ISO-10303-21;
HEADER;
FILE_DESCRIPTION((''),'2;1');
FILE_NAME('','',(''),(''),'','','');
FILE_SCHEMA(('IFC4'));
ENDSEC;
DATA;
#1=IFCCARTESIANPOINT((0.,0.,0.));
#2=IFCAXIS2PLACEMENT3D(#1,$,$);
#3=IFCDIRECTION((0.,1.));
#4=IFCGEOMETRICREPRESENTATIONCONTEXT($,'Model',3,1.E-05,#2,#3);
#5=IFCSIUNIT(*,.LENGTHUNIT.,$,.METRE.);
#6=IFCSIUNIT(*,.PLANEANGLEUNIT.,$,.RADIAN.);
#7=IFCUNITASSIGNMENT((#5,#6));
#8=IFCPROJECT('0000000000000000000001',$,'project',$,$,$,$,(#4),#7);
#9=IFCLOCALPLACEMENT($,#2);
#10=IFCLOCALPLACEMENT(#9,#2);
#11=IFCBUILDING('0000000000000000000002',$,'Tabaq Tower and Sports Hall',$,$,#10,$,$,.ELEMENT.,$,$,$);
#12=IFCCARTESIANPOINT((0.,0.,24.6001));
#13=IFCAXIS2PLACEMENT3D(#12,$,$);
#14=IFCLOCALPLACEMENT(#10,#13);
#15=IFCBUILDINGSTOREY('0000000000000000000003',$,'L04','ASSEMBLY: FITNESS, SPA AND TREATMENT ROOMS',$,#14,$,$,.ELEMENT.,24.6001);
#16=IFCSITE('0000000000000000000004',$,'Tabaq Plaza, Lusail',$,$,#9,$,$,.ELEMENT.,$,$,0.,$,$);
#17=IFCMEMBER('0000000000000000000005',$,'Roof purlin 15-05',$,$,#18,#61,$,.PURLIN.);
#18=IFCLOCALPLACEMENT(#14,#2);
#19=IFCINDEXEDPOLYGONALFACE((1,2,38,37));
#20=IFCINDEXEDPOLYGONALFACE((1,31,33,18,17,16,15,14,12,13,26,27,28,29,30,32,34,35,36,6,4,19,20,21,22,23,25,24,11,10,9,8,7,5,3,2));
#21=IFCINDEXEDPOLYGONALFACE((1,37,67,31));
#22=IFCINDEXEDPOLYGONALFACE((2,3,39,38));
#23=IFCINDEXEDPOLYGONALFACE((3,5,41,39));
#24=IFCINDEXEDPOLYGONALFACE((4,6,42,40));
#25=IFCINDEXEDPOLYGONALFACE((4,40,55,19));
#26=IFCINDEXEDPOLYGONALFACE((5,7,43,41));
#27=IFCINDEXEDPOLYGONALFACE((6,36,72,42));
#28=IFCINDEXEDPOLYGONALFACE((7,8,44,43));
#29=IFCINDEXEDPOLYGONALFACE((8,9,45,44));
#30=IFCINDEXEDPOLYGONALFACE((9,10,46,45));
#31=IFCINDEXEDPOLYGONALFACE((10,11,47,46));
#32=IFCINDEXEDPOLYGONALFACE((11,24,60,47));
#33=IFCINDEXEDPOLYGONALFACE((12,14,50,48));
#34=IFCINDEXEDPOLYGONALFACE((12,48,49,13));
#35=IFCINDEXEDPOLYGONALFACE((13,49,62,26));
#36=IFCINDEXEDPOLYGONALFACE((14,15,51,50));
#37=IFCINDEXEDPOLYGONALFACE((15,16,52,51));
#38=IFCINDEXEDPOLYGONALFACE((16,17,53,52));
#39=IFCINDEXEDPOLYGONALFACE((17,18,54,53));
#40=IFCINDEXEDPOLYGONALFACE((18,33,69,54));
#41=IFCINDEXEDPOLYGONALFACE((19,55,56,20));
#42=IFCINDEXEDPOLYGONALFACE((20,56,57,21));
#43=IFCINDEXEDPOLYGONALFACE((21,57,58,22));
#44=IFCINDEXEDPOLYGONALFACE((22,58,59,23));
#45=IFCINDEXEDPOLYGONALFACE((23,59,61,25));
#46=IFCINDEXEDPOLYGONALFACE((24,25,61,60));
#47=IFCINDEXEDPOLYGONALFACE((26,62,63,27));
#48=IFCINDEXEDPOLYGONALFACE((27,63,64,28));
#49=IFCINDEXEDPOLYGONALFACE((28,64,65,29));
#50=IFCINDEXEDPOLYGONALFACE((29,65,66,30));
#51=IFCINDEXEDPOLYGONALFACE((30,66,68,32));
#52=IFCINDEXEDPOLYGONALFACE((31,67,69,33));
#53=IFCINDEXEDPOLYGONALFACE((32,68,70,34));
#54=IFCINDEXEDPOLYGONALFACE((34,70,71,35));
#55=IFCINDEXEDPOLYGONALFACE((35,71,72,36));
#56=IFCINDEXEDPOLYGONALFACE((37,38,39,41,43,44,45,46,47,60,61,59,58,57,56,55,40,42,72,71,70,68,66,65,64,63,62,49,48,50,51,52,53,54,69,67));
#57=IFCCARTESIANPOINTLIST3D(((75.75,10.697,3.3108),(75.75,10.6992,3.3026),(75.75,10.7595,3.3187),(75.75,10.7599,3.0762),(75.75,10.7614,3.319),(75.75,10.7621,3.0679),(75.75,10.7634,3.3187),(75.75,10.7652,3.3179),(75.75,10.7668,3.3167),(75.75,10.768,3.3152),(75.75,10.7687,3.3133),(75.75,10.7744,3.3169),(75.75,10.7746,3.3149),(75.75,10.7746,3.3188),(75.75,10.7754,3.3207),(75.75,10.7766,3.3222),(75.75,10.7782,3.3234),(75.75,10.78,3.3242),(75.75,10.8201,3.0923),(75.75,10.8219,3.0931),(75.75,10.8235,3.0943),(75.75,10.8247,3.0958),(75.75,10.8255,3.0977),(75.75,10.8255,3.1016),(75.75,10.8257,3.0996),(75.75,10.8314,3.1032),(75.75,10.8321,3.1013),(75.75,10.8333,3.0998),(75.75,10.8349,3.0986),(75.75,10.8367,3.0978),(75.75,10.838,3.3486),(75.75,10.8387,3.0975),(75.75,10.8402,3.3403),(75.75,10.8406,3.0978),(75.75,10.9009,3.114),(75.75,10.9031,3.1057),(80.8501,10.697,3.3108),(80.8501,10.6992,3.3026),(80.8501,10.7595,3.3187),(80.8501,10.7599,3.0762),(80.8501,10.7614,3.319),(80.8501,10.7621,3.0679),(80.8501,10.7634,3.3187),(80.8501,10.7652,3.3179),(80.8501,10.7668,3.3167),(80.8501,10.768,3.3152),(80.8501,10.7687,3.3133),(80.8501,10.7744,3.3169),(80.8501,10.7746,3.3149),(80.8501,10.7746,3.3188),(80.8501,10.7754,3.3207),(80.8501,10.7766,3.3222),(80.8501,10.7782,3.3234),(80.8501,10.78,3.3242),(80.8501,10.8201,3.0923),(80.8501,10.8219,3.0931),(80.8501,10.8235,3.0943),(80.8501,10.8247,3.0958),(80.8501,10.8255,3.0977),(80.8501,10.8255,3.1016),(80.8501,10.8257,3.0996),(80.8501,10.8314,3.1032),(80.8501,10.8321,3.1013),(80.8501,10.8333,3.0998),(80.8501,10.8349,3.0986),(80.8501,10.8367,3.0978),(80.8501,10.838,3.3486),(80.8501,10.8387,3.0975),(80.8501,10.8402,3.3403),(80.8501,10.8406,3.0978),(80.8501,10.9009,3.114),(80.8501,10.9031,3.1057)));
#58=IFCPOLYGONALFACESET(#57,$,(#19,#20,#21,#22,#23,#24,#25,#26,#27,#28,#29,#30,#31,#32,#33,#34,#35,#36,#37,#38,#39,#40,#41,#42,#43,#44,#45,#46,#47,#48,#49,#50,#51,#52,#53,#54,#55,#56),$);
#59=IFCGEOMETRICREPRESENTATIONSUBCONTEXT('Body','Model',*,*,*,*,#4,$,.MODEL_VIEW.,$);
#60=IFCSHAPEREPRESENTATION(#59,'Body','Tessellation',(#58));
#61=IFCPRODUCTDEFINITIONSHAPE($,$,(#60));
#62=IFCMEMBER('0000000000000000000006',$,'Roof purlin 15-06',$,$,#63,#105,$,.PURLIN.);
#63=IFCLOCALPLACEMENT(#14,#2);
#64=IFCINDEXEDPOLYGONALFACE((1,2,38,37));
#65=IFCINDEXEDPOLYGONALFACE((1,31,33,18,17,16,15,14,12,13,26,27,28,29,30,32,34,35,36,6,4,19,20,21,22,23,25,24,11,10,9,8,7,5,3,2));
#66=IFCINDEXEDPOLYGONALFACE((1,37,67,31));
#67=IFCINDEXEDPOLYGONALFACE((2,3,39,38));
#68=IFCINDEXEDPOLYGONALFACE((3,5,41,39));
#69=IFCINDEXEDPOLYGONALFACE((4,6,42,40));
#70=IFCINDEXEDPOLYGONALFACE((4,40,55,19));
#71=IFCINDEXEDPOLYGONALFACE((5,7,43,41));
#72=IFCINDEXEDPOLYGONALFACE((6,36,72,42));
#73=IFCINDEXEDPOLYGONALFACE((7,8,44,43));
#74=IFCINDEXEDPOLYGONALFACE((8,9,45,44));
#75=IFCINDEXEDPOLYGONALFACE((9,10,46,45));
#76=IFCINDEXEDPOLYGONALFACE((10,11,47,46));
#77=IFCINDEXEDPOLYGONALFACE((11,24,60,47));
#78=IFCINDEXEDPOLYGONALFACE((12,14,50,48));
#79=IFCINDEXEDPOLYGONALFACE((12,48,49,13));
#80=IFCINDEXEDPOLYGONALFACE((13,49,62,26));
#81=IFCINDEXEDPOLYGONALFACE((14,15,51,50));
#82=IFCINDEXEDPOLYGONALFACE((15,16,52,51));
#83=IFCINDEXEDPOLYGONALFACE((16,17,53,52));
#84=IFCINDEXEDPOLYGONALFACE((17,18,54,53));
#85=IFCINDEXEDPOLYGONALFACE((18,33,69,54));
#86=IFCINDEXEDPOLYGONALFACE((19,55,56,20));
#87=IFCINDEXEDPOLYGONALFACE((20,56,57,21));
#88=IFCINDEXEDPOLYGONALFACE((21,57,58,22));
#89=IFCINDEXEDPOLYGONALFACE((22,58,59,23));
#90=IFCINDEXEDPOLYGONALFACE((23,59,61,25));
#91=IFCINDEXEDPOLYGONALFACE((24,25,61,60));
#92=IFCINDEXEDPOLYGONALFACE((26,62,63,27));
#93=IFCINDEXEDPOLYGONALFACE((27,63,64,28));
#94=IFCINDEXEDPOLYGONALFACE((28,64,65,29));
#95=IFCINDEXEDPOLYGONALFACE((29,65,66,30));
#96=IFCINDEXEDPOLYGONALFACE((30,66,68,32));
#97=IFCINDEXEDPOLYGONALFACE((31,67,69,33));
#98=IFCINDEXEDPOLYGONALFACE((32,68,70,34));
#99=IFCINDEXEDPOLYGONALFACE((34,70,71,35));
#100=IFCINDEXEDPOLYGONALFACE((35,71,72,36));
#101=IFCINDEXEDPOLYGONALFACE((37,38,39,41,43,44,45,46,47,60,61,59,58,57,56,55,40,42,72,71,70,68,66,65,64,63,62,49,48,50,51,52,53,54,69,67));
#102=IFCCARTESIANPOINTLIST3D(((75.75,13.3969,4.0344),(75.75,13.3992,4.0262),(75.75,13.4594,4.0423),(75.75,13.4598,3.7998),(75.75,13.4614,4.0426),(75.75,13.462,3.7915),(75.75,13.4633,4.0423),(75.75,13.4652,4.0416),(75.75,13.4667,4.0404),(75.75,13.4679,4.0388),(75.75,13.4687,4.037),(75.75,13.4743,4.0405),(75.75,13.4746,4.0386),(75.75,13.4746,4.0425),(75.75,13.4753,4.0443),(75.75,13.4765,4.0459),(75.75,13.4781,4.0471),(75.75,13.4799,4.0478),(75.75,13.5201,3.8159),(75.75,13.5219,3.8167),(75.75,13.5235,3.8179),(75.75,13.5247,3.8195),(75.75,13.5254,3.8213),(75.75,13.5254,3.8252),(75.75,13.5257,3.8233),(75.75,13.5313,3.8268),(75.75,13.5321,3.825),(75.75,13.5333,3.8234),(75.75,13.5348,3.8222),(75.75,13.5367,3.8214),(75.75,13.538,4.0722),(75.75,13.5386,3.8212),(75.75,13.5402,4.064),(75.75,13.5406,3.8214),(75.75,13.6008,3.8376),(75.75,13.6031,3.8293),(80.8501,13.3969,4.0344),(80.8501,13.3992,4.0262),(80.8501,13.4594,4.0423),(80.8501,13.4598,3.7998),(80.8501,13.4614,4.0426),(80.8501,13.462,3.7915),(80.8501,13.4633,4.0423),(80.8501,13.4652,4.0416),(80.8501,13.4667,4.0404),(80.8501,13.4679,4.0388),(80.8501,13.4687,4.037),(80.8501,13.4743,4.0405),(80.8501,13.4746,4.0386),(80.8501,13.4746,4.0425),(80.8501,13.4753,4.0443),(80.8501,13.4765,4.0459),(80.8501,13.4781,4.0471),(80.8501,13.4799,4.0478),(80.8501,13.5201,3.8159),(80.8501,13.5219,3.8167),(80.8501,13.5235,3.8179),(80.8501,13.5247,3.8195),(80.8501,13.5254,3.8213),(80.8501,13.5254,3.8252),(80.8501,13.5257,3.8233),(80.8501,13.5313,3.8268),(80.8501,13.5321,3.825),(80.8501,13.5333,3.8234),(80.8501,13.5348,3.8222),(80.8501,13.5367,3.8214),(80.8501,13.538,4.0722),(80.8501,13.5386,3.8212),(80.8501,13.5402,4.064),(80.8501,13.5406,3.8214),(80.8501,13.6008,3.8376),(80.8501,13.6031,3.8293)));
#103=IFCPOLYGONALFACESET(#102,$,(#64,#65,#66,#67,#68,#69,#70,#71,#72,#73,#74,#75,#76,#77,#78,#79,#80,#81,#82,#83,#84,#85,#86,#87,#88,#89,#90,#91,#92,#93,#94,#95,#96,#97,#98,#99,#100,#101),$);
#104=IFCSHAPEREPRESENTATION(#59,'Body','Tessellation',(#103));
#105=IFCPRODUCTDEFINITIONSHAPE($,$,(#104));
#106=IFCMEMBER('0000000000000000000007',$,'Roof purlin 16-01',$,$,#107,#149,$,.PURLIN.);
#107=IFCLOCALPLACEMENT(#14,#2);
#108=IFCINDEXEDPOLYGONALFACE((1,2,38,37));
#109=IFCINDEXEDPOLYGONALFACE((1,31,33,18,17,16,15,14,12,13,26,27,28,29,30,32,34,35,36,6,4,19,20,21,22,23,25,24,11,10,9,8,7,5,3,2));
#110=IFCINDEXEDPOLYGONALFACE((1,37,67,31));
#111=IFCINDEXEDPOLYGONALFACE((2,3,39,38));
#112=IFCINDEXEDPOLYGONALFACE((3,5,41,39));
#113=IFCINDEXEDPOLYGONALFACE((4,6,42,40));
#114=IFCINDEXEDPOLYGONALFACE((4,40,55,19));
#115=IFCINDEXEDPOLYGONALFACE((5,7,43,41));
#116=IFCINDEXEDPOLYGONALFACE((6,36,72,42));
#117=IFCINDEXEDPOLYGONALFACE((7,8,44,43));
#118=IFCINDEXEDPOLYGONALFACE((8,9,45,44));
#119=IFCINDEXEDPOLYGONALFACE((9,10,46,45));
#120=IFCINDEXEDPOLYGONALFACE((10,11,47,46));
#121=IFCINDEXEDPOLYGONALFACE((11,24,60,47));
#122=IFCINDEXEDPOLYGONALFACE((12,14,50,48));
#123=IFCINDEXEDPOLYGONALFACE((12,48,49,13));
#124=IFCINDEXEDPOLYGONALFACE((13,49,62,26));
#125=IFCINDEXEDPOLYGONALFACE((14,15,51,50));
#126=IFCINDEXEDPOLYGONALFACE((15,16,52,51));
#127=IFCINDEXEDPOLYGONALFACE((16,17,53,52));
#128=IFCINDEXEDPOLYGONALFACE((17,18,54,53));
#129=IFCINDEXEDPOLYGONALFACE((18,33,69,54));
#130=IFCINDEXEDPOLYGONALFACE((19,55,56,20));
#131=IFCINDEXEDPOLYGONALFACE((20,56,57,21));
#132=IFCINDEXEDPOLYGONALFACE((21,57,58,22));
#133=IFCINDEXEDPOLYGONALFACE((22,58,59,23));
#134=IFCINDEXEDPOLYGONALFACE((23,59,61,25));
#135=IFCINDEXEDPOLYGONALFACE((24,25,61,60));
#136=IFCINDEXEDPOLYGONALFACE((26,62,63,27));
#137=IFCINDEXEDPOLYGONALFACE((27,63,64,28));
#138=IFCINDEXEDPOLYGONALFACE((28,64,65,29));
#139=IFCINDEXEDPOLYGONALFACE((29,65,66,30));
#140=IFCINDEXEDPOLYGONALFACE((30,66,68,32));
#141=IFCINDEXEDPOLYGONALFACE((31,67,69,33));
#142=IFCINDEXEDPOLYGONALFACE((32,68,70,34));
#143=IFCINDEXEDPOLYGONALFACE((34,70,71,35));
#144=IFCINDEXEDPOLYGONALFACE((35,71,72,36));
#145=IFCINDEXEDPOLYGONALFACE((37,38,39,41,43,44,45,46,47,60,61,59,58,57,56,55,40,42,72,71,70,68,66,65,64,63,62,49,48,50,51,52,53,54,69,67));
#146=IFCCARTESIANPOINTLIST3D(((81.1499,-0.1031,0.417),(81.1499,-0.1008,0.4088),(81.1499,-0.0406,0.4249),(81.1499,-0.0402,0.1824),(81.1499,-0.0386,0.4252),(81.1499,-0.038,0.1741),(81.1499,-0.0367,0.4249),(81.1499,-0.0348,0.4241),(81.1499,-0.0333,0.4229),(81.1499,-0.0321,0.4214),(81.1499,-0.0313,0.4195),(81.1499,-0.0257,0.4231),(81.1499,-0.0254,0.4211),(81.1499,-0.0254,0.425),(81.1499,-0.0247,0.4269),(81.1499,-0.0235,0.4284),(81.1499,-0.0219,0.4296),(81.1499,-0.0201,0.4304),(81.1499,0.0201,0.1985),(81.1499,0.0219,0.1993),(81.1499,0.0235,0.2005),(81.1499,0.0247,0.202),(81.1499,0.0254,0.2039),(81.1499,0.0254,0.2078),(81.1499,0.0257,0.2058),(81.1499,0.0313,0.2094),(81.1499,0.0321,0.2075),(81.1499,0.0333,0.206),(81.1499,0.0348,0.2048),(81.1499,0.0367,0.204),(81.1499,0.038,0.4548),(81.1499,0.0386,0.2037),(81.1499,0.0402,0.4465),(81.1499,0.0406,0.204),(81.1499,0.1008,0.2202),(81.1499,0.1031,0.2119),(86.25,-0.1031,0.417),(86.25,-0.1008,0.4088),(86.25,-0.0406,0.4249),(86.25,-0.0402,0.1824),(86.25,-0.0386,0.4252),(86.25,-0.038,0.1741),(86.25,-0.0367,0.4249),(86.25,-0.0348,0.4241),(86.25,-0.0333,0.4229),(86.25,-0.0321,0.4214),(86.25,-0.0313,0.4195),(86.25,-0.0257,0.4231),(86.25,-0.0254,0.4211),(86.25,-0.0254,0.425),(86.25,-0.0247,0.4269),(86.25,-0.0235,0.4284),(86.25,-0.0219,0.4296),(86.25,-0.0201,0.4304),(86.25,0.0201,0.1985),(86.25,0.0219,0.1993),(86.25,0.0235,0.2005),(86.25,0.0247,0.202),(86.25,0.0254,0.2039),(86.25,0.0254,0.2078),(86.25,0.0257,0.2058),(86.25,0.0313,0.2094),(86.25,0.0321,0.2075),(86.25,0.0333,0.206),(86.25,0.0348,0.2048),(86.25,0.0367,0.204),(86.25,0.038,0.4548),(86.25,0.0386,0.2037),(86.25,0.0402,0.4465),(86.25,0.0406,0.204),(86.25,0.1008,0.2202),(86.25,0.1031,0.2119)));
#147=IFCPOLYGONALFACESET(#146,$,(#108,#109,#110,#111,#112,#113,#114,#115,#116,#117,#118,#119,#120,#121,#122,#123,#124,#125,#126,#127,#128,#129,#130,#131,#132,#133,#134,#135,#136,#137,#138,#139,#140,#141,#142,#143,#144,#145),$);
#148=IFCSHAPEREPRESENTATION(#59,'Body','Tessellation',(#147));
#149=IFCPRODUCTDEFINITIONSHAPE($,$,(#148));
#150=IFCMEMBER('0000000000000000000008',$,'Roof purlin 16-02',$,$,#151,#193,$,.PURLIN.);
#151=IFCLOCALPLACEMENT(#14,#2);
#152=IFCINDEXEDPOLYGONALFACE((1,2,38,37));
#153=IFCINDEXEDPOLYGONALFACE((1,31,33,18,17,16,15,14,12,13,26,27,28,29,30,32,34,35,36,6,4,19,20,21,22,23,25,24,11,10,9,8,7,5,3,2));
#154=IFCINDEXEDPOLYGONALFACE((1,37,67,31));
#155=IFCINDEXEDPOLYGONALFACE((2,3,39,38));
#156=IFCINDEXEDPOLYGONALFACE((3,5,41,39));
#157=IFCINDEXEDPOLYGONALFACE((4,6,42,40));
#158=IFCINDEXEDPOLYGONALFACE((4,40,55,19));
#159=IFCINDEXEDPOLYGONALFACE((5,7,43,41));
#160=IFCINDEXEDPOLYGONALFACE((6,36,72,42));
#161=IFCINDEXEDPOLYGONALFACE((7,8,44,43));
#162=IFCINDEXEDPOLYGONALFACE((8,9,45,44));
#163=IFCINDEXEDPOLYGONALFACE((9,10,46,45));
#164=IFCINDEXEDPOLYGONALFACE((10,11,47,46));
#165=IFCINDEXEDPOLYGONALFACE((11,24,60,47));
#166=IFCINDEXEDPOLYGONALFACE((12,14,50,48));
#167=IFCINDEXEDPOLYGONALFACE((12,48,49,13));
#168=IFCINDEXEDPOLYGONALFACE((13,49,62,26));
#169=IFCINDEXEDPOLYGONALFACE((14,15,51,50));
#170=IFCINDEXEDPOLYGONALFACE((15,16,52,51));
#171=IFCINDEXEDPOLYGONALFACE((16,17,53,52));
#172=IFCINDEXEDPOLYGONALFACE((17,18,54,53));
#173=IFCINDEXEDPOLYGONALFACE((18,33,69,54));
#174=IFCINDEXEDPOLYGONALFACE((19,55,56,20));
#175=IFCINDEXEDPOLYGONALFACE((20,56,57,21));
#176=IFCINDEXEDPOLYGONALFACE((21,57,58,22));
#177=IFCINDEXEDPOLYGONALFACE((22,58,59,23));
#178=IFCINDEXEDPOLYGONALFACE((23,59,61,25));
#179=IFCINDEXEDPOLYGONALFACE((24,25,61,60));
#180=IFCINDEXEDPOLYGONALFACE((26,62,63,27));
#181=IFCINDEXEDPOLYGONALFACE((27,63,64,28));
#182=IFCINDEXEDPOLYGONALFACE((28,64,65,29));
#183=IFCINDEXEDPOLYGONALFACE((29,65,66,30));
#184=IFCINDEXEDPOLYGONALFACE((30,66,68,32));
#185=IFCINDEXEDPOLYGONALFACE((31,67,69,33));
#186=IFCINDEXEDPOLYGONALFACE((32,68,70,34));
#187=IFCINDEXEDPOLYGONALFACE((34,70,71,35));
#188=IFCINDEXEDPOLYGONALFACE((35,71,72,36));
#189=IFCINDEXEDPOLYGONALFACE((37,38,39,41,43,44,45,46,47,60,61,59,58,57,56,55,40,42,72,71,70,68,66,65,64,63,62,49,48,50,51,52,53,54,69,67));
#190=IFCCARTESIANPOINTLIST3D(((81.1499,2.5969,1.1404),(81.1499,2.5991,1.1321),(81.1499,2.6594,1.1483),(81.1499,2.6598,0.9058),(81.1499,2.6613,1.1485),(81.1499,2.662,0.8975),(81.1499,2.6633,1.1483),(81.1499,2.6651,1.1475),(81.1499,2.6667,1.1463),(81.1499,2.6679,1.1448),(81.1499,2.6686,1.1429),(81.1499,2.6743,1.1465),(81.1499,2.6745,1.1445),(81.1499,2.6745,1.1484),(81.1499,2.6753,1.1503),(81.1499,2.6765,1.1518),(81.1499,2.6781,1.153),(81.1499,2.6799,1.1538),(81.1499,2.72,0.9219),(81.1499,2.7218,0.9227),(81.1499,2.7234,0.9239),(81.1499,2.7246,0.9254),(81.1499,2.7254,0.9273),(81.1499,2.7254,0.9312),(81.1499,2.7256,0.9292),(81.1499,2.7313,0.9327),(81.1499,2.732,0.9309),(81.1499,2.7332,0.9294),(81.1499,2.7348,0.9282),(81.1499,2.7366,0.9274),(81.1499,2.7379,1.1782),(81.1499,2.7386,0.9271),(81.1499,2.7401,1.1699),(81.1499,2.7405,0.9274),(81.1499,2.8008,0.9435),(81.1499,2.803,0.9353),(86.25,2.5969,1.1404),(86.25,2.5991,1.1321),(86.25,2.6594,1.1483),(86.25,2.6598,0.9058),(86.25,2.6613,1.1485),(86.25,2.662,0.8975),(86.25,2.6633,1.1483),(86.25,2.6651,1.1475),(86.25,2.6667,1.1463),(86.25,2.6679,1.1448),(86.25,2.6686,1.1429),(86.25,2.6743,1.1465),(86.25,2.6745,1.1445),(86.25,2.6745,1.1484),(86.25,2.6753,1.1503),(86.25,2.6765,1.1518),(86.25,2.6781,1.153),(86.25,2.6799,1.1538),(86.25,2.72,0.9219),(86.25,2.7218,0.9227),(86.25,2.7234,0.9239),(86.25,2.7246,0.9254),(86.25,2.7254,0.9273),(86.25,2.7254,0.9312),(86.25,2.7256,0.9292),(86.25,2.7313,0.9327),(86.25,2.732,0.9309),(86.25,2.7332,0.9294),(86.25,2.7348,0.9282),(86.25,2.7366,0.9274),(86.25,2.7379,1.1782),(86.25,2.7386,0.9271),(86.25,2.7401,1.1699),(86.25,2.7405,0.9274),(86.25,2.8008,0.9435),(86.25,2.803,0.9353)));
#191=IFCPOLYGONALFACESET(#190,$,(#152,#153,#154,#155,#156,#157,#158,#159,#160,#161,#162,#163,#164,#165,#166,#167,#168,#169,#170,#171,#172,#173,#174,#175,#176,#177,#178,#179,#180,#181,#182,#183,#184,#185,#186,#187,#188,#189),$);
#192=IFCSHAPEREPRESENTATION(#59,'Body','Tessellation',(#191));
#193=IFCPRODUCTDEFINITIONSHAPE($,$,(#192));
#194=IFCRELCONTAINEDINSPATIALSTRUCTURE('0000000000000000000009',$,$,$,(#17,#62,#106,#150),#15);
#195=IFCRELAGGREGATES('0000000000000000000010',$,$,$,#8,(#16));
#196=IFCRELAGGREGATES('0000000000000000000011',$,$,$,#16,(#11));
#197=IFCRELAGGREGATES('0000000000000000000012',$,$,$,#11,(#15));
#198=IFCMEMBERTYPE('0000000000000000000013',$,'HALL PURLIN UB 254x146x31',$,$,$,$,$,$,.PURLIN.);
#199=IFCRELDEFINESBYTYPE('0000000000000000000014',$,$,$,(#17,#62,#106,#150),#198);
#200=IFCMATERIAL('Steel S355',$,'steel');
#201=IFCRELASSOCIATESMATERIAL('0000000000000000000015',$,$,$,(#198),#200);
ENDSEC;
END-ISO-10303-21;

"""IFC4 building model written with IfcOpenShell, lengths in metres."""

from ifc_helpers import new_model, si_unit, direction, frame, origin, origin_2d, place, context, subcontext, project, spatial, i_section, extrude, material, material_profile, profile_set, type_object, element, save


model = new_model("IFC4")

# Units and contexts
model_context = context("Model", 3, precision=1e-05, world=origin(), true_north=direction((0.0, 1.0)))
body_context = subcontext(model_context, "Body", "Model", "MODEL_VIEW")
ifc_project = project(units=[si_unit("LENGTHUNIT", "METRE"), si_unit("PLANEANGLEUNIT", "RADIAN")], contexts=[model_context])

# Site, building, storey
site_placement = place(None, origin())
site = spatial("IfcSite", under=ifc_project, at=site_placement, Name="Tabaq Plaza, Lusail", CompositionType="ELEMENT", RefElevation=0.0)
building_placement = place(site_placement, origin())
building = spatial("IfcBuilding", under=site, at=building_placement, Name="Tabaq Tower and Sports Hall", CompositionType="ELEMENT")
storey_placement = place(building_placement, frame((0.0, 0.0, 24.6001)))
storey = spatial("IfcBuildingStorey", under=building, at=storey_placement, Name="L04", Description="ASSEMBLY: FITNESS, SPA AND TREATMENT ROOMS", CompositionType="ELEMENT", Elevation=24.6001)

# Members
ifc_material_1 = material(Name="Steel S355", Category="steel")
ifc_material_profile_1 = material_profile(ifc_material_1, i_section(OverallWidth=0.146, OverallDepth=0.2515, WebThickness=0.0061, FlangeThickness=0.0085, FilletRadius=0.0076, at=origin_2d()), Name="UB 254x146x31")
ifc_profile_set_1 = profile_set([ifc_material_profile_1], Name="Steel S355")
member_type_1 = type_object("IfcMemberType", Name="HALL PURLIN UB 254x146x31", PredefinedType="PURLIN", material=ifc_profile_set_1)
for number, where, z_axis, x_axis, name in (
    (1, (75.75, 10.8, 3.2083), (1.0, 0.0, 0.0), (0.0, 0.965926, 0.258819), "Roof purlin 15-05"),
    (2, (75.75, 13.5, 3.9319), (1.0, 0.0, 0.0), (0.0, 0.965926, 0.258819), "Roof purlin 15-06"),
    (3, (81.1499, 0.0, 0.3145), (1.0, 0.0, 0.0), (0.0, 0.965926, 0.258819), "Roof purlin 16-01"),
    (4, (81.1499, 2.7, 1.0378), (1.0, 0.0, 0.0), (0.0, 0.965926, 0.258819), "Roof purlin 16-02"),
):
    element("IfcMember", number, at=place(storey_placement, frame(where, z_axis=z_axis, x_axis=x_axis)), inside=storey, type_object=member_type_1, Name=name, PredefinedType="PURLIN", context=body_context, shape_type="SweptSolid", body=[
        extrude(i_section(OverallWidth=0.146, OverallDepth=0.2515, WebThickness=0.0061, FlangeThickness=0.0085, FilletRadius=0.0076, at=origin_2d()), origin(), (0.0, 0.0, 1.0), 5.1001),
    ])

save(model, "model.ifc")
